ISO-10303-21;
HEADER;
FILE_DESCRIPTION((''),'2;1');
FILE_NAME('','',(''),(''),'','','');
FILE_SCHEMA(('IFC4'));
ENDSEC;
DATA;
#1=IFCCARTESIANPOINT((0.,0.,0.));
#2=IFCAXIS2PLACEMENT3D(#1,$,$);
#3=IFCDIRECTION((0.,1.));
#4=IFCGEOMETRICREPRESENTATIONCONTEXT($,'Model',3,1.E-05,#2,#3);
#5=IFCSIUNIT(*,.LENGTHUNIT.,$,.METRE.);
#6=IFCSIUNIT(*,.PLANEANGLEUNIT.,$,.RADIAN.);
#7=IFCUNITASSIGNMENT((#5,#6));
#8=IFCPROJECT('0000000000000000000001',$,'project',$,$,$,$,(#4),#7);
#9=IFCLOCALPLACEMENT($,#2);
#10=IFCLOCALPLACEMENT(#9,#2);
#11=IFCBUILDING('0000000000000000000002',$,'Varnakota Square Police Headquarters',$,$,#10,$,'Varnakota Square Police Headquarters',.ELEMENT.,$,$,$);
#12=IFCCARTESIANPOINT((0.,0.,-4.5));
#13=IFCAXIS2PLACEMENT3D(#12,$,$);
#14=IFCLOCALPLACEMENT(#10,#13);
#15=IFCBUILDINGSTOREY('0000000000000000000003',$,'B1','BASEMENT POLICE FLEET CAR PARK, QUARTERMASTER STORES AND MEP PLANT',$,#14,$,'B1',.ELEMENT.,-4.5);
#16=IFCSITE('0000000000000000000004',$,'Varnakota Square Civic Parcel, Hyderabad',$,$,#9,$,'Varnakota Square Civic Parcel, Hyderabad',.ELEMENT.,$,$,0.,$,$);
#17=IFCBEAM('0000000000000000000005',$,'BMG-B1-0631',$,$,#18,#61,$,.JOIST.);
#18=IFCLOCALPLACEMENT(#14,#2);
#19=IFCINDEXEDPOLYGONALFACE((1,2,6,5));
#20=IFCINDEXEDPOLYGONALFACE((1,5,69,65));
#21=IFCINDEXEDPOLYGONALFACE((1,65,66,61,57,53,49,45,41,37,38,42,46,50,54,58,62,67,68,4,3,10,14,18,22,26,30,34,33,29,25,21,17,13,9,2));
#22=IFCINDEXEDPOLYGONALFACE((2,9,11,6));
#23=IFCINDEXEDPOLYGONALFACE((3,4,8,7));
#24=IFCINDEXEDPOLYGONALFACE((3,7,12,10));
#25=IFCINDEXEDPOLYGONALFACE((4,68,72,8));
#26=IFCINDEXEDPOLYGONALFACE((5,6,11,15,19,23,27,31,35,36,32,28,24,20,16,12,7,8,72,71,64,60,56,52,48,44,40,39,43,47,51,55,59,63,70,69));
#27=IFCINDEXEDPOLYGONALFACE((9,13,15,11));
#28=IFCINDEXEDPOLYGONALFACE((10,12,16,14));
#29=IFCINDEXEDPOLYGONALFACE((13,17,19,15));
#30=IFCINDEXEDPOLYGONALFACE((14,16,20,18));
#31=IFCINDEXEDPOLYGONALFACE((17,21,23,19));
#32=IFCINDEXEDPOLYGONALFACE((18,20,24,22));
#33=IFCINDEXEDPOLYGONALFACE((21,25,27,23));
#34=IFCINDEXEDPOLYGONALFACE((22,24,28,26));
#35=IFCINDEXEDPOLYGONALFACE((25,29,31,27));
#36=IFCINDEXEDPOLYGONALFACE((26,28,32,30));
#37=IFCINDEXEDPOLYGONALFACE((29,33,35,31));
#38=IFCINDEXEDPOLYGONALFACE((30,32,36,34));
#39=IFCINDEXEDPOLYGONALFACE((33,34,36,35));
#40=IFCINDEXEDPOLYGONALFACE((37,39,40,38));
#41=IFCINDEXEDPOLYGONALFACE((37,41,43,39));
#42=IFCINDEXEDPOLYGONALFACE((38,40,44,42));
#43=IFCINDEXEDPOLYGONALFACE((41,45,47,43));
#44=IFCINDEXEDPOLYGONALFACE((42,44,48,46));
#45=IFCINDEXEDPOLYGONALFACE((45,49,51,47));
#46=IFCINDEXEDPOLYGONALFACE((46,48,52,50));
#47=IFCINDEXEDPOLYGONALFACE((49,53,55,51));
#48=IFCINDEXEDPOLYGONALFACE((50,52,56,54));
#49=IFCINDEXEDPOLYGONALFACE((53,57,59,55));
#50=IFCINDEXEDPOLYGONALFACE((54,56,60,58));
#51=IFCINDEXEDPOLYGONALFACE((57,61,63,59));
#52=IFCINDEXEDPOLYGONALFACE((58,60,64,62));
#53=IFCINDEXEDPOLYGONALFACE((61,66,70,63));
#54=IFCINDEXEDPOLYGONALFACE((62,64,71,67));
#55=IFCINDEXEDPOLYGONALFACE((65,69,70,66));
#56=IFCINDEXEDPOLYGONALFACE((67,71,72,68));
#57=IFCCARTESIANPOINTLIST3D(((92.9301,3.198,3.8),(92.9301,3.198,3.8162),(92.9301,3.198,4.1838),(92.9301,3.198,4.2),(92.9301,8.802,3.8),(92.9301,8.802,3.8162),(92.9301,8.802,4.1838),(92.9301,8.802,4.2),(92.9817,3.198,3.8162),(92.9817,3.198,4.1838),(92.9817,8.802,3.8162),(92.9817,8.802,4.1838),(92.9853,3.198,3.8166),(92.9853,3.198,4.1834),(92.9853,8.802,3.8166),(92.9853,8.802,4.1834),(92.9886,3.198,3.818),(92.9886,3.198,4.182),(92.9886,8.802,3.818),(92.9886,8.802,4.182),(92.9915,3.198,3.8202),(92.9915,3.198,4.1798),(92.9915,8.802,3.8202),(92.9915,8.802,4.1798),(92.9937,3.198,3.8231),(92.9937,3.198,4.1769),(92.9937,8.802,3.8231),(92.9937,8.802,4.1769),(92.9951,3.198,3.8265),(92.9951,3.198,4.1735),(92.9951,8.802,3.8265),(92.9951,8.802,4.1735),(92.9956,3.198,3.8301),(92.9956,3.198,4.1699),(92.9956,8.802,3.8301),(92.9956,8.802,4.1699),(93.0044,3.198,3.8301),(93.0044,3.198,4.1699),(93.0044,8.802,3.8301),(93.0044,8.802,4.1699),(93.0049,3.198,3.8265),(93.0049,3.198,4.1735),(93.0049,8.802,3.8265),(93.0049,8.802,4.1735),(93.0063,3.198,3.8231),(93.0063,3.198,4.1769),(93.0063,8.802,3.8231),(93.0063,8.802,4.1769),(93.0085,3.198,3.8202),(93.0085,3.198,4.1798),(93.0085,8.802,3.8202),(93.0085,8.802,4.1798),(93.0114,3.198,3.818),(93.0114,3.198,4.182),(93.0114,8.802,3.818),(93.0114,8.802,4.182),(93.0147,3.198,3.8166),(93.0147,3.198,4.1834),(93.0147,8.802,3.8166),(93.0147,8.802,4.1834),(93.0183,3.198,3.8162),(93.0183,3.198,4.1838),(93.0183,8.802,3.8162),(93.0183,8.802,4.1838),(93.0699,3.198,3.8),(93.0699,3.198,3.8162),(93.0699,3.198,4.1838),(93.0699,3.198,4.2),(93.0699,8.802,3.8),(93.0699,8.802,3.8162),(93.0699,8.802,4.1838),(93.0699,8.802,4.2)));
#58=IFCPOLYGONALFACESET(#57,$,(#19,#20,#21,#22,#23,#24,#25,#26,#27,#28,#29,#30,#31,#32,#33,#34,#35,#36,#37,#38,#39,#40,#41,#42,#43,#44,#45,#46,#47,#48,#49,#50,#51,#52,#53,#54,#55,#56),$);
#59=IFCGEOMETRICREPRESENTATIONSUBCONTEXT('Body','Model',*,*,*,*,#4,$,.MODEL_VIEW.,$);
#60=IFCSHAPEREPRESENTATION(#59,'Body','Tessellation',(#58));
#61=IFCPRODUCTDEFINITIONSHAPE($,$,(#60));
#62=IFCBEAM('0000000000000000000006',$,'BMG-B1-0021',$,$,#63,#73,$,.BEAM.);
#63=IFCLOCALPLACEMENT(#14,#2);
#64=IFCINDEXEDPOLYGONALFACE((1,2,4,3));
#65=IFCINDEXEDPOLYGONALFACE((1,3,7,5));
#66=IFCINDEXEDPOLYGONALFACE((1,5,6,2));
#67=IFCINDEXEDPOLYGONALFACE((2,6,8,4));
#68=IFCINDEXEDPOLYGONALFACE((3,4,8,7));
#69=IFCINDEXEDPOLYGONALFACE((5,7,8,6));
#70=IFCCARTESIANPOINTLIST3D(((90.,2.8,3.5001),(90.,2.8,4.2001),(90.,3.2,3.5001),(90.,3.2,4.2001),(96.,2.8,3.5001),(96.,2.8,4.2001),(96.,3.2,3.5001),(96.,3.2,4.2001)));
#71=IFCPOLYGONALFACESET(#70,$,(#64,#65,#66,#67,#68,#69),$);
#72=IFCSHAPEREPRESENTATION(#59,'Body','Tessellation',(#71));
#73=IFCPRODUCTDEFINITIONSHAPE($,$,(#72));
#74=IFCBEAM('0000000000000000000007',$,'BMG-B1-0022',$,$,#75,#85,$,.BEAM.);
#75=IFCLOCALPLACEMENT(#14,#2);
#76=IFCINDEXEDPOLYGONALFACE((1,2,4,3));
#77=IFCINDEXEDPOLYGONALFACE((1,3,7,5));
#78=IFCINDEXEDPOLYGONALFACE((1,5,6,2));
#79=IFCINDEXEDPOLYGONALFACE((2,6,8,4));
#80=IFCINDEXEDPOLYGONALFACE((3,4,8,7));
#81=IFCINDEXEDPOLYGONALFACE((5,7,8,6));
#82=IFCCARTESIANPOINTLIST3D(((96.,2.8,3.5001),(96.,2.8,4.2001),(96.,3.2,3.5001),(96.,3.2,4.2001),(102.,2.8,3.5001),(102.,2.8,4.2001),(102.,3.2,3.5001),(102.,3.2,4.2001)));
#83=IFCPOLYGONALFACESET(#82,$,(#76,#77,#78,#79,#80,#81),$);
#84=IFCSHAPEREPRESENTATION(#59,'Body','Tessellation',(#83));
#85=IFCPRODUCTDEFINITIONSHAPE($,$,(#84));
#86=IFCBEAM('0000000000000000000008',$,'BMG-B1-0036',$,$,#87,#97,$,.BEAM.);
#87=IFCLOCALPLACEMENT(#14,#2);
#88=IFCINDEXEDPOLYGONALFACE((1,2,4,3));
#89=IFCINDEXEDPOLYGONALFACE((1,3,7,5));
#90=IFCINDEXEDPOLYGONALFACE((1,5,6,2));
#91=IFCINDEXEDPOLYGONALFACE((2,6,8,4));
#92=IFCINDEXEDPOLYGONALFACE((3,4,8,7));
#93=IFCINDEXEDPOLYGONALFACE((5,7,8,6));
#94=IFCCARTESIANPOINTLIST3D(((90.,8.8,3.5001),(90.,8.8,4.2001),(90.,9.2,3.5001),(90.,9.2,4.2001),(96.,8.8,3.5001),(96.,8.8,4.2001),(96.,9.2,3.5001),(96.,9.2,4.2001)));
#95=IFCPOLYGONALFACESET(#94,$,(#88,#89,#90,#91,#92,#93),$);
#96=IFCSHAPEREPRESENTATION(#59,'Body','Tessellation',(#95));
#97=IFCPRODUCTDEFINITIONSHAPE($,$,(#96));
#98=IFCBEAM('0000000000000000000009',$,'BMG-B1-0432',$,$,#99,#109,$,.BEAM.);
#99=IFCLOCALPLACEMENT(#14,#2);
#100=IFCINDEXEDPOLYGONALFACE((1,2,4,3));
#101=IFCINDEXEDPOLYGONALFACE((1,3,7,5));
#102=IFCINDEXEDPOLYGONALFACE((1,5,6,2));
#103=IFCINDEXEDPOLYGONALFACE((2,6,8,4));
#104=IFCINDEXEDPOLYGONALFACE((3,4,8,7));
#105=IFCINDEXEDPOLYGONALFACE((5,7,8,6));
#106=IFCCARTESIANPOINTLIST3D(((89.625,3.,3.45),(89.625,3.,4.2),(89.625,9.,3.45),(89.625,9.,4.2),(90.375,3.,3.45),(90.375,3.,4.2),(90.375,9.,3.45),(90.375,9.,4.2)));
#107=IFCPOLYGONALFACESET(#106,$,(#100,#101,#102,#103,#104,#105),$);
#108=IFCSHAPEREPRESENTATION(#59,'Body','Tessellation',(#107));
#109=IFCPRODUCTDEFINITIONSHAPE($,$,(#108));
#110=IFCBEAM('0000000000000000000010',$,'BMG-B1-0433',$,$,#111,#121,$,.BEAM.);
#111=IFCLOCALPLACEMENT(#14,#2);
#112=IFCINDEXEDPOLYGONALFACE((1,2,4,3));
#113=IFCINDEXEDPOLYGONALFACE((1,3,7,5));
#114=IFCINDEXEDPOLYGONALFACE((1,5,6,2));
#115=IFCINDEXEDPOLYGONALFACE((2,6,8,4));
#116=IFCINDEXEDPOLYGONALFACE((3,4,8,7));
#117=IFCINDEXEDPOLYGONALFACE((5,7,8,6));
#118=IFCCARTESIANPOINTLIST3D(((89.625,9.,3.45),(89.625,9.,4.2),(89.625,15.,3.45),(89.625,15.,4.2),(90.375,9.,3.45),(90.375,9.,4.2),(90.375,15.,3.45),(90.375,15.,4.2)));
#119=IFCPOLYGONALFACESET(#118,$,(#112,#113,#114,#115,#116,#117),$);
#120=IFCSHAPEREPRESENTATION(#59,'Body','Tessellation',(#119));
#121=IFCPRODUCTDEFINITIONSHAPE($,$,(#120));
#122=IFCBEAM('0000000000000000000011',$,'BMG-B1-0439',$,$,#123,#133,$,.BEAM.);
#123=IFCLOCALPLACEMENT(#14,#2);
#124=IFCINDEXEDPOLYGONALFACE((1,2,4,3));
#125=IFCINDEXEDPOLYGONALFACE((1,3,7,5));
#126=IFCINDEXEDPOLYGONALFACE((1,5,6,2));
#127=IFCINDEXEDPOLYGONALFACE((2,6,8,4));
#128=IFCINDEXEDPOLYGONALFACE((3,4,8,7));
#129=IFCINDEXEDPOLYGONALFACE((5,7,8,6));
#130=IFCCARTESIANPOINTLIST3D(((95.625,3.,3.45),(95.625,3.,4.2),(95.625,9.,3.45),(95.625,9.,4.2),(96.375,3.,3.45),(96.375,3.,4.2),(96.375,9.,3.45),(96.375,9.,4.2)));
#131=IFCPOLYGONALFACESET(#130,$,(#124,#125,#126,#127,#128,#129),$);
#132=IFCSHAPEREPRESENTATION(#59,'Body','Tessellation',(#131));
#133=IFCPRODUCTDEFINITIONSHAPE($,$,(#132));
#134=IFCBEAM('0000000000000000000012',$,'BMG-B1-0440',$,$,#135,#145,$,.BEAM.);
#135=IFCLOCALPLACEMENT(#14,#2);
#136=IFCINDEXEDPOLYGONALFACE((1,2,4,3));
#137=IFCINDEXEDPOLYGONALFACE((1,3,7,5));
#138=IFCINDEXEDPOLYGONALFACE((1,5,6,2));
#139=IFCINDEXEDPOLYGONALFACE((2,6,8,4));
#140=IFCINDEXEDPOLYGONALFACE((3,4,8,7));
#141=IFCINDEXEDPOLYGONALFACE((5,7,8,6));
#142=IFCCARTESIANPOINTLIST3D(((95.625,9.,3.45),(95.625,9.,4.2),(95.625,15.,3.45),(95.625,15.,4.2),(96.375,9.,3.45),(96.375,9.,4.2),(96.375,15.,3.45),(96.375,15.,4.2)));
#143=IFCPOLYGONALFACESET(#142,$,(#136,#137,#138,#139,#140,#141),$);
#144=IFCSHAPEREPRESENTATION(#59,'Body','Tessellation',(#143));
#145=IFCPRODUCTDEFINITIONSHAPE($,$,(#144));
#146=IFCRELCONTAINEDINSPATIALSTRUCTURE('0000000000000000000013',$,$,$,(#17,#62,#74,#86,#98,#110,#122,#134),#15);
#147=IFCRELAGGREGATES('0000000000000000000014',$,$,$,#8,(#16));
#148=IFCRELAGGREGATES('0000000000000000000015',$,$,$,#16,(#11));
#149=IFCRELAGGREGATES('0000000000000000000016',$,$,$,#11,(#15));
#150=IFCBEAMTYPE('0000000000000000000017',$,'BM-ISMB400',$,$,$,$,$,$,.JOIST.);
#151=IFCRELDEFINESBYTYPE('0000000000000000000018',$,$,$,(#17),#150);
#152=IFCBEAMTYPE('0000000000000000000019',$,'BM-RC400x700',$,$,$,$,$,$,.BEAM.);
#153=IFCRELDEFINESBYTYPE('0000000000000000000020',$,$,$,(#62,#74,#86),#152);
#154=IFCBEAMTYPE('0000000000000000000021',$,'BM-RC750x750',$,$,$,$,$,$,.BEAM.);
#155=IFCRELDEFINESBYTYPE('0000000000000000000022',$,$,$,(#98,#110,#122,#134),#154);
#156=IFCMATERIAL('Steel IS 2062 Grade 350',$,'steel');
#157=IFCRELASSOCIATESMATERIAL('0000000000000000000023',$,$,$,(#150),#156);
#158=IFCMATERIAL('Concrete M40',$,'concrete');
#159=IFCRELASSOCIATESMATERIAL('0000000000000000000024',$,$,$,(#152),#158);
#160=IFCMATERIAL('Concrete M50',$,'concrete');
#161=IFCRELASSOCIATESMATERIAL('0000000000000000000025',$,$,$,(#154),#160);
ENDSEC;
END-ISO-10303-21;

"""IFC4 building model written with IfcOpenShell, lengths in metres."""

from ifc_helpers import new_model, si_unit, direction, frame, origin, origin_2d, place, context, subcontext, project, spatial, rectangle, i_section, extrude, material, material_profile, profile_set, type_object, element, save


model = new_model("IFC4")

# Units and contexts
model_context = context("Model", 3, precision=1e-05, world=origin(), true_north=direction((0.0, 1.0)))
body_context = subcontext(model_context, "Body", "Model", "MODEL_VIEW")
ifc_project = project(units=[si_unit("LENGTHUNIT", "METRE"), si_unit("PLANEANGLEUNIT", "RADIAN")], contexts=[model_context])

# Site, building, storey
site_placement = place(None, origin())
site = spatial("IfcSite", under=ifc_project, at=site_placement, Name="Varnakota Square Civic Parcel, Hyderabad", LongName="Varnakota Square Civic Parcel, Hyderabad", CompositionType="ELEMENT", RefElevation=0.0)
building_placement = place(site_placement, origin())
building = spatial("IfcBuilding", under=site, at=building_placement, Name="Varnakota Square Police Headquarters", LongName="Varnakota Square Police Headquarters", CompositionType="ELEMENT")
storey_placement = place(building_placement, frame((0.0, 0.0, -4.5)))
storey = spatial("IfcBuildingStorey", under=building, at=storey_placement, Name="B1", Description="BASEMENT POLICE FLEET CAR PARK, QUARTERMASTER STORES AND MEP PLANT", LongName="B1", CompositionType="ELEMENT", Elevation=-4.5)

# Shared definitions
ifc_material_1 = material(Name="Concrete M40", Category="concrete")

# Beams
ifc_material_2 = material(Name="Steel IS 2062 Grade 350", Category="steel")
ifc_material_profile_1 = material_profile(ifc_material_2, i_section(OverallWidth=0.1399, OverallDepth=0.3999, WebThickness=0.0088, FlangeThickness=0.0161, FilletRadius=0.0139, at=origin_2d()), Name="ISMB 400")
ifc_profile_set_1 = profile_set([ifc_material_profile_1], Name="Steel IS 2062 Grade 350")
beam_type_1 = type_object("IfcBeamType", Name="BM-ISMB400", PredefinedType="JOIST", material=ifc_profile_set_1)
beam_1_placement = place(storey_placement, frame((93.0, 3.198, 4.0), z_axis=(0.0, 1.0, 0.0), x_axis=(-1.0, 0.0, 0.0)))
element("IfcBeam", 1, at=beam_1_placement, inside=storey, type_object=beam_type_1, Name="BMG-B1-0631", PredefinedType="JOIST", context=body_context, shape_type="SweptSolid", body=[
    extrude(i_section(OverallWidth=0.1399, OverallDepth=0.3999, WebThickness=0.0088, FlangeThickness=0.0161, FilletRadius=0.0139, at=origin_2d()), origin(), (0.0, 0.0, 1.0), 5.604),
])
ifc_material_profile_2 = material_profile(ifc_material_1, rectangle(XDim=0.3999, YDim=0.7, at=origin_2d()), Name="RC 400x700")
ifc_profile_set_2 = profile_set([ifc_material_profile_2], Name="Concrete M40")
beam_type_2 = type_object("IfcBeamType", Name="BM-RC400x700", PredefinedType="BEAM", material=ifc_profile_set_2)
for number, where, z_axis, x_axis, name in (
    (2, (90.0, 3.0, 3.8501), (1.0, 0.0, 0.0), (0.0, 1.0, 0.0), "BMG-B1-0021"),
    (3, (96.0, 3.0, 3.8501), (1.0, 0.0, 0.0), (0.0, 1.0, 0.0), "BMG-B1-0022"),
    (4, (90.0, 9.0, 3.8501), (1.0, 0.0, 0.0), (0.0, 1.0, 0.0), "BMG-B1-0036"),
):
    element("IfcBeam", number, at=place(storey_placement, frame(where, z_axis=z_axis, x_axis=x_axis)), inside=storey, type_object=beam_type_2, Name=name, PredefinedType="BEAM", context=body_context, shape_type="SweptSolid", body=[
        extrude(rectangle(XDim=0.3999, YDim=0.7, at=origin_2d()), origin(), (0.0, 0.0, 1.0), 6.0),
    ])
ifc_material_3 = material(Name="Concrete M50", Category="concrete")
ifc_material_profile_3 = material_profile(ifc_material_3, rectangle(XDim=0.75, YDim=0.75, at=origin_2d()), Name="RC 750x750")
ifc_profile_set_3 = profile_set([ifc_material_profile_3], Name="Concrete M50")
beam_type_3 = type_object("IfcBeamType", Name="BM-RC750x750", PredefinedType="BEAM", material=ifc_profile_set_3)
for number, where, z_axis, x_axis, name in (
    (5, (90.0, 3.0, 3.825), (0.0, 1.0, 0.0), (-1.0, 0.0, 0.0), "BMG-B1-0432"),
    (6, (90.0, 9.0, 3.825), (0.0, 1.0, 0.0), (-1.0, 0.0, 0.0), "BMG-B1-0433"),
    (7, (96.0, 3.0, 3.825), (0.0, 1.0, 0.0), (-1.0, 0.0, 0.0), "BMG-B1-0439"),
    (8, (96.0, 9.0, 3.825), (0.0, 1.0, 0.0), (-1.0, 0.0, 0.0), "BMG-B1-0440"),
):
    element("IfcBeam", number, at=place(storey_placement, frame(where, z_axis=z_axis, x_axis=x_axis)), inside=storey, type_object=beam_type_3, Name=name, PredefinedType="BEAM", context=body_context, shape_type="SweptSolid", body=[
        extrude(rectangle(XDim=0.75, YDim=0.75, at=origin_2d()), origin(), (0.0, 0.0, 1.0), 6.0),
    ])

save(model, "model.ifc")
